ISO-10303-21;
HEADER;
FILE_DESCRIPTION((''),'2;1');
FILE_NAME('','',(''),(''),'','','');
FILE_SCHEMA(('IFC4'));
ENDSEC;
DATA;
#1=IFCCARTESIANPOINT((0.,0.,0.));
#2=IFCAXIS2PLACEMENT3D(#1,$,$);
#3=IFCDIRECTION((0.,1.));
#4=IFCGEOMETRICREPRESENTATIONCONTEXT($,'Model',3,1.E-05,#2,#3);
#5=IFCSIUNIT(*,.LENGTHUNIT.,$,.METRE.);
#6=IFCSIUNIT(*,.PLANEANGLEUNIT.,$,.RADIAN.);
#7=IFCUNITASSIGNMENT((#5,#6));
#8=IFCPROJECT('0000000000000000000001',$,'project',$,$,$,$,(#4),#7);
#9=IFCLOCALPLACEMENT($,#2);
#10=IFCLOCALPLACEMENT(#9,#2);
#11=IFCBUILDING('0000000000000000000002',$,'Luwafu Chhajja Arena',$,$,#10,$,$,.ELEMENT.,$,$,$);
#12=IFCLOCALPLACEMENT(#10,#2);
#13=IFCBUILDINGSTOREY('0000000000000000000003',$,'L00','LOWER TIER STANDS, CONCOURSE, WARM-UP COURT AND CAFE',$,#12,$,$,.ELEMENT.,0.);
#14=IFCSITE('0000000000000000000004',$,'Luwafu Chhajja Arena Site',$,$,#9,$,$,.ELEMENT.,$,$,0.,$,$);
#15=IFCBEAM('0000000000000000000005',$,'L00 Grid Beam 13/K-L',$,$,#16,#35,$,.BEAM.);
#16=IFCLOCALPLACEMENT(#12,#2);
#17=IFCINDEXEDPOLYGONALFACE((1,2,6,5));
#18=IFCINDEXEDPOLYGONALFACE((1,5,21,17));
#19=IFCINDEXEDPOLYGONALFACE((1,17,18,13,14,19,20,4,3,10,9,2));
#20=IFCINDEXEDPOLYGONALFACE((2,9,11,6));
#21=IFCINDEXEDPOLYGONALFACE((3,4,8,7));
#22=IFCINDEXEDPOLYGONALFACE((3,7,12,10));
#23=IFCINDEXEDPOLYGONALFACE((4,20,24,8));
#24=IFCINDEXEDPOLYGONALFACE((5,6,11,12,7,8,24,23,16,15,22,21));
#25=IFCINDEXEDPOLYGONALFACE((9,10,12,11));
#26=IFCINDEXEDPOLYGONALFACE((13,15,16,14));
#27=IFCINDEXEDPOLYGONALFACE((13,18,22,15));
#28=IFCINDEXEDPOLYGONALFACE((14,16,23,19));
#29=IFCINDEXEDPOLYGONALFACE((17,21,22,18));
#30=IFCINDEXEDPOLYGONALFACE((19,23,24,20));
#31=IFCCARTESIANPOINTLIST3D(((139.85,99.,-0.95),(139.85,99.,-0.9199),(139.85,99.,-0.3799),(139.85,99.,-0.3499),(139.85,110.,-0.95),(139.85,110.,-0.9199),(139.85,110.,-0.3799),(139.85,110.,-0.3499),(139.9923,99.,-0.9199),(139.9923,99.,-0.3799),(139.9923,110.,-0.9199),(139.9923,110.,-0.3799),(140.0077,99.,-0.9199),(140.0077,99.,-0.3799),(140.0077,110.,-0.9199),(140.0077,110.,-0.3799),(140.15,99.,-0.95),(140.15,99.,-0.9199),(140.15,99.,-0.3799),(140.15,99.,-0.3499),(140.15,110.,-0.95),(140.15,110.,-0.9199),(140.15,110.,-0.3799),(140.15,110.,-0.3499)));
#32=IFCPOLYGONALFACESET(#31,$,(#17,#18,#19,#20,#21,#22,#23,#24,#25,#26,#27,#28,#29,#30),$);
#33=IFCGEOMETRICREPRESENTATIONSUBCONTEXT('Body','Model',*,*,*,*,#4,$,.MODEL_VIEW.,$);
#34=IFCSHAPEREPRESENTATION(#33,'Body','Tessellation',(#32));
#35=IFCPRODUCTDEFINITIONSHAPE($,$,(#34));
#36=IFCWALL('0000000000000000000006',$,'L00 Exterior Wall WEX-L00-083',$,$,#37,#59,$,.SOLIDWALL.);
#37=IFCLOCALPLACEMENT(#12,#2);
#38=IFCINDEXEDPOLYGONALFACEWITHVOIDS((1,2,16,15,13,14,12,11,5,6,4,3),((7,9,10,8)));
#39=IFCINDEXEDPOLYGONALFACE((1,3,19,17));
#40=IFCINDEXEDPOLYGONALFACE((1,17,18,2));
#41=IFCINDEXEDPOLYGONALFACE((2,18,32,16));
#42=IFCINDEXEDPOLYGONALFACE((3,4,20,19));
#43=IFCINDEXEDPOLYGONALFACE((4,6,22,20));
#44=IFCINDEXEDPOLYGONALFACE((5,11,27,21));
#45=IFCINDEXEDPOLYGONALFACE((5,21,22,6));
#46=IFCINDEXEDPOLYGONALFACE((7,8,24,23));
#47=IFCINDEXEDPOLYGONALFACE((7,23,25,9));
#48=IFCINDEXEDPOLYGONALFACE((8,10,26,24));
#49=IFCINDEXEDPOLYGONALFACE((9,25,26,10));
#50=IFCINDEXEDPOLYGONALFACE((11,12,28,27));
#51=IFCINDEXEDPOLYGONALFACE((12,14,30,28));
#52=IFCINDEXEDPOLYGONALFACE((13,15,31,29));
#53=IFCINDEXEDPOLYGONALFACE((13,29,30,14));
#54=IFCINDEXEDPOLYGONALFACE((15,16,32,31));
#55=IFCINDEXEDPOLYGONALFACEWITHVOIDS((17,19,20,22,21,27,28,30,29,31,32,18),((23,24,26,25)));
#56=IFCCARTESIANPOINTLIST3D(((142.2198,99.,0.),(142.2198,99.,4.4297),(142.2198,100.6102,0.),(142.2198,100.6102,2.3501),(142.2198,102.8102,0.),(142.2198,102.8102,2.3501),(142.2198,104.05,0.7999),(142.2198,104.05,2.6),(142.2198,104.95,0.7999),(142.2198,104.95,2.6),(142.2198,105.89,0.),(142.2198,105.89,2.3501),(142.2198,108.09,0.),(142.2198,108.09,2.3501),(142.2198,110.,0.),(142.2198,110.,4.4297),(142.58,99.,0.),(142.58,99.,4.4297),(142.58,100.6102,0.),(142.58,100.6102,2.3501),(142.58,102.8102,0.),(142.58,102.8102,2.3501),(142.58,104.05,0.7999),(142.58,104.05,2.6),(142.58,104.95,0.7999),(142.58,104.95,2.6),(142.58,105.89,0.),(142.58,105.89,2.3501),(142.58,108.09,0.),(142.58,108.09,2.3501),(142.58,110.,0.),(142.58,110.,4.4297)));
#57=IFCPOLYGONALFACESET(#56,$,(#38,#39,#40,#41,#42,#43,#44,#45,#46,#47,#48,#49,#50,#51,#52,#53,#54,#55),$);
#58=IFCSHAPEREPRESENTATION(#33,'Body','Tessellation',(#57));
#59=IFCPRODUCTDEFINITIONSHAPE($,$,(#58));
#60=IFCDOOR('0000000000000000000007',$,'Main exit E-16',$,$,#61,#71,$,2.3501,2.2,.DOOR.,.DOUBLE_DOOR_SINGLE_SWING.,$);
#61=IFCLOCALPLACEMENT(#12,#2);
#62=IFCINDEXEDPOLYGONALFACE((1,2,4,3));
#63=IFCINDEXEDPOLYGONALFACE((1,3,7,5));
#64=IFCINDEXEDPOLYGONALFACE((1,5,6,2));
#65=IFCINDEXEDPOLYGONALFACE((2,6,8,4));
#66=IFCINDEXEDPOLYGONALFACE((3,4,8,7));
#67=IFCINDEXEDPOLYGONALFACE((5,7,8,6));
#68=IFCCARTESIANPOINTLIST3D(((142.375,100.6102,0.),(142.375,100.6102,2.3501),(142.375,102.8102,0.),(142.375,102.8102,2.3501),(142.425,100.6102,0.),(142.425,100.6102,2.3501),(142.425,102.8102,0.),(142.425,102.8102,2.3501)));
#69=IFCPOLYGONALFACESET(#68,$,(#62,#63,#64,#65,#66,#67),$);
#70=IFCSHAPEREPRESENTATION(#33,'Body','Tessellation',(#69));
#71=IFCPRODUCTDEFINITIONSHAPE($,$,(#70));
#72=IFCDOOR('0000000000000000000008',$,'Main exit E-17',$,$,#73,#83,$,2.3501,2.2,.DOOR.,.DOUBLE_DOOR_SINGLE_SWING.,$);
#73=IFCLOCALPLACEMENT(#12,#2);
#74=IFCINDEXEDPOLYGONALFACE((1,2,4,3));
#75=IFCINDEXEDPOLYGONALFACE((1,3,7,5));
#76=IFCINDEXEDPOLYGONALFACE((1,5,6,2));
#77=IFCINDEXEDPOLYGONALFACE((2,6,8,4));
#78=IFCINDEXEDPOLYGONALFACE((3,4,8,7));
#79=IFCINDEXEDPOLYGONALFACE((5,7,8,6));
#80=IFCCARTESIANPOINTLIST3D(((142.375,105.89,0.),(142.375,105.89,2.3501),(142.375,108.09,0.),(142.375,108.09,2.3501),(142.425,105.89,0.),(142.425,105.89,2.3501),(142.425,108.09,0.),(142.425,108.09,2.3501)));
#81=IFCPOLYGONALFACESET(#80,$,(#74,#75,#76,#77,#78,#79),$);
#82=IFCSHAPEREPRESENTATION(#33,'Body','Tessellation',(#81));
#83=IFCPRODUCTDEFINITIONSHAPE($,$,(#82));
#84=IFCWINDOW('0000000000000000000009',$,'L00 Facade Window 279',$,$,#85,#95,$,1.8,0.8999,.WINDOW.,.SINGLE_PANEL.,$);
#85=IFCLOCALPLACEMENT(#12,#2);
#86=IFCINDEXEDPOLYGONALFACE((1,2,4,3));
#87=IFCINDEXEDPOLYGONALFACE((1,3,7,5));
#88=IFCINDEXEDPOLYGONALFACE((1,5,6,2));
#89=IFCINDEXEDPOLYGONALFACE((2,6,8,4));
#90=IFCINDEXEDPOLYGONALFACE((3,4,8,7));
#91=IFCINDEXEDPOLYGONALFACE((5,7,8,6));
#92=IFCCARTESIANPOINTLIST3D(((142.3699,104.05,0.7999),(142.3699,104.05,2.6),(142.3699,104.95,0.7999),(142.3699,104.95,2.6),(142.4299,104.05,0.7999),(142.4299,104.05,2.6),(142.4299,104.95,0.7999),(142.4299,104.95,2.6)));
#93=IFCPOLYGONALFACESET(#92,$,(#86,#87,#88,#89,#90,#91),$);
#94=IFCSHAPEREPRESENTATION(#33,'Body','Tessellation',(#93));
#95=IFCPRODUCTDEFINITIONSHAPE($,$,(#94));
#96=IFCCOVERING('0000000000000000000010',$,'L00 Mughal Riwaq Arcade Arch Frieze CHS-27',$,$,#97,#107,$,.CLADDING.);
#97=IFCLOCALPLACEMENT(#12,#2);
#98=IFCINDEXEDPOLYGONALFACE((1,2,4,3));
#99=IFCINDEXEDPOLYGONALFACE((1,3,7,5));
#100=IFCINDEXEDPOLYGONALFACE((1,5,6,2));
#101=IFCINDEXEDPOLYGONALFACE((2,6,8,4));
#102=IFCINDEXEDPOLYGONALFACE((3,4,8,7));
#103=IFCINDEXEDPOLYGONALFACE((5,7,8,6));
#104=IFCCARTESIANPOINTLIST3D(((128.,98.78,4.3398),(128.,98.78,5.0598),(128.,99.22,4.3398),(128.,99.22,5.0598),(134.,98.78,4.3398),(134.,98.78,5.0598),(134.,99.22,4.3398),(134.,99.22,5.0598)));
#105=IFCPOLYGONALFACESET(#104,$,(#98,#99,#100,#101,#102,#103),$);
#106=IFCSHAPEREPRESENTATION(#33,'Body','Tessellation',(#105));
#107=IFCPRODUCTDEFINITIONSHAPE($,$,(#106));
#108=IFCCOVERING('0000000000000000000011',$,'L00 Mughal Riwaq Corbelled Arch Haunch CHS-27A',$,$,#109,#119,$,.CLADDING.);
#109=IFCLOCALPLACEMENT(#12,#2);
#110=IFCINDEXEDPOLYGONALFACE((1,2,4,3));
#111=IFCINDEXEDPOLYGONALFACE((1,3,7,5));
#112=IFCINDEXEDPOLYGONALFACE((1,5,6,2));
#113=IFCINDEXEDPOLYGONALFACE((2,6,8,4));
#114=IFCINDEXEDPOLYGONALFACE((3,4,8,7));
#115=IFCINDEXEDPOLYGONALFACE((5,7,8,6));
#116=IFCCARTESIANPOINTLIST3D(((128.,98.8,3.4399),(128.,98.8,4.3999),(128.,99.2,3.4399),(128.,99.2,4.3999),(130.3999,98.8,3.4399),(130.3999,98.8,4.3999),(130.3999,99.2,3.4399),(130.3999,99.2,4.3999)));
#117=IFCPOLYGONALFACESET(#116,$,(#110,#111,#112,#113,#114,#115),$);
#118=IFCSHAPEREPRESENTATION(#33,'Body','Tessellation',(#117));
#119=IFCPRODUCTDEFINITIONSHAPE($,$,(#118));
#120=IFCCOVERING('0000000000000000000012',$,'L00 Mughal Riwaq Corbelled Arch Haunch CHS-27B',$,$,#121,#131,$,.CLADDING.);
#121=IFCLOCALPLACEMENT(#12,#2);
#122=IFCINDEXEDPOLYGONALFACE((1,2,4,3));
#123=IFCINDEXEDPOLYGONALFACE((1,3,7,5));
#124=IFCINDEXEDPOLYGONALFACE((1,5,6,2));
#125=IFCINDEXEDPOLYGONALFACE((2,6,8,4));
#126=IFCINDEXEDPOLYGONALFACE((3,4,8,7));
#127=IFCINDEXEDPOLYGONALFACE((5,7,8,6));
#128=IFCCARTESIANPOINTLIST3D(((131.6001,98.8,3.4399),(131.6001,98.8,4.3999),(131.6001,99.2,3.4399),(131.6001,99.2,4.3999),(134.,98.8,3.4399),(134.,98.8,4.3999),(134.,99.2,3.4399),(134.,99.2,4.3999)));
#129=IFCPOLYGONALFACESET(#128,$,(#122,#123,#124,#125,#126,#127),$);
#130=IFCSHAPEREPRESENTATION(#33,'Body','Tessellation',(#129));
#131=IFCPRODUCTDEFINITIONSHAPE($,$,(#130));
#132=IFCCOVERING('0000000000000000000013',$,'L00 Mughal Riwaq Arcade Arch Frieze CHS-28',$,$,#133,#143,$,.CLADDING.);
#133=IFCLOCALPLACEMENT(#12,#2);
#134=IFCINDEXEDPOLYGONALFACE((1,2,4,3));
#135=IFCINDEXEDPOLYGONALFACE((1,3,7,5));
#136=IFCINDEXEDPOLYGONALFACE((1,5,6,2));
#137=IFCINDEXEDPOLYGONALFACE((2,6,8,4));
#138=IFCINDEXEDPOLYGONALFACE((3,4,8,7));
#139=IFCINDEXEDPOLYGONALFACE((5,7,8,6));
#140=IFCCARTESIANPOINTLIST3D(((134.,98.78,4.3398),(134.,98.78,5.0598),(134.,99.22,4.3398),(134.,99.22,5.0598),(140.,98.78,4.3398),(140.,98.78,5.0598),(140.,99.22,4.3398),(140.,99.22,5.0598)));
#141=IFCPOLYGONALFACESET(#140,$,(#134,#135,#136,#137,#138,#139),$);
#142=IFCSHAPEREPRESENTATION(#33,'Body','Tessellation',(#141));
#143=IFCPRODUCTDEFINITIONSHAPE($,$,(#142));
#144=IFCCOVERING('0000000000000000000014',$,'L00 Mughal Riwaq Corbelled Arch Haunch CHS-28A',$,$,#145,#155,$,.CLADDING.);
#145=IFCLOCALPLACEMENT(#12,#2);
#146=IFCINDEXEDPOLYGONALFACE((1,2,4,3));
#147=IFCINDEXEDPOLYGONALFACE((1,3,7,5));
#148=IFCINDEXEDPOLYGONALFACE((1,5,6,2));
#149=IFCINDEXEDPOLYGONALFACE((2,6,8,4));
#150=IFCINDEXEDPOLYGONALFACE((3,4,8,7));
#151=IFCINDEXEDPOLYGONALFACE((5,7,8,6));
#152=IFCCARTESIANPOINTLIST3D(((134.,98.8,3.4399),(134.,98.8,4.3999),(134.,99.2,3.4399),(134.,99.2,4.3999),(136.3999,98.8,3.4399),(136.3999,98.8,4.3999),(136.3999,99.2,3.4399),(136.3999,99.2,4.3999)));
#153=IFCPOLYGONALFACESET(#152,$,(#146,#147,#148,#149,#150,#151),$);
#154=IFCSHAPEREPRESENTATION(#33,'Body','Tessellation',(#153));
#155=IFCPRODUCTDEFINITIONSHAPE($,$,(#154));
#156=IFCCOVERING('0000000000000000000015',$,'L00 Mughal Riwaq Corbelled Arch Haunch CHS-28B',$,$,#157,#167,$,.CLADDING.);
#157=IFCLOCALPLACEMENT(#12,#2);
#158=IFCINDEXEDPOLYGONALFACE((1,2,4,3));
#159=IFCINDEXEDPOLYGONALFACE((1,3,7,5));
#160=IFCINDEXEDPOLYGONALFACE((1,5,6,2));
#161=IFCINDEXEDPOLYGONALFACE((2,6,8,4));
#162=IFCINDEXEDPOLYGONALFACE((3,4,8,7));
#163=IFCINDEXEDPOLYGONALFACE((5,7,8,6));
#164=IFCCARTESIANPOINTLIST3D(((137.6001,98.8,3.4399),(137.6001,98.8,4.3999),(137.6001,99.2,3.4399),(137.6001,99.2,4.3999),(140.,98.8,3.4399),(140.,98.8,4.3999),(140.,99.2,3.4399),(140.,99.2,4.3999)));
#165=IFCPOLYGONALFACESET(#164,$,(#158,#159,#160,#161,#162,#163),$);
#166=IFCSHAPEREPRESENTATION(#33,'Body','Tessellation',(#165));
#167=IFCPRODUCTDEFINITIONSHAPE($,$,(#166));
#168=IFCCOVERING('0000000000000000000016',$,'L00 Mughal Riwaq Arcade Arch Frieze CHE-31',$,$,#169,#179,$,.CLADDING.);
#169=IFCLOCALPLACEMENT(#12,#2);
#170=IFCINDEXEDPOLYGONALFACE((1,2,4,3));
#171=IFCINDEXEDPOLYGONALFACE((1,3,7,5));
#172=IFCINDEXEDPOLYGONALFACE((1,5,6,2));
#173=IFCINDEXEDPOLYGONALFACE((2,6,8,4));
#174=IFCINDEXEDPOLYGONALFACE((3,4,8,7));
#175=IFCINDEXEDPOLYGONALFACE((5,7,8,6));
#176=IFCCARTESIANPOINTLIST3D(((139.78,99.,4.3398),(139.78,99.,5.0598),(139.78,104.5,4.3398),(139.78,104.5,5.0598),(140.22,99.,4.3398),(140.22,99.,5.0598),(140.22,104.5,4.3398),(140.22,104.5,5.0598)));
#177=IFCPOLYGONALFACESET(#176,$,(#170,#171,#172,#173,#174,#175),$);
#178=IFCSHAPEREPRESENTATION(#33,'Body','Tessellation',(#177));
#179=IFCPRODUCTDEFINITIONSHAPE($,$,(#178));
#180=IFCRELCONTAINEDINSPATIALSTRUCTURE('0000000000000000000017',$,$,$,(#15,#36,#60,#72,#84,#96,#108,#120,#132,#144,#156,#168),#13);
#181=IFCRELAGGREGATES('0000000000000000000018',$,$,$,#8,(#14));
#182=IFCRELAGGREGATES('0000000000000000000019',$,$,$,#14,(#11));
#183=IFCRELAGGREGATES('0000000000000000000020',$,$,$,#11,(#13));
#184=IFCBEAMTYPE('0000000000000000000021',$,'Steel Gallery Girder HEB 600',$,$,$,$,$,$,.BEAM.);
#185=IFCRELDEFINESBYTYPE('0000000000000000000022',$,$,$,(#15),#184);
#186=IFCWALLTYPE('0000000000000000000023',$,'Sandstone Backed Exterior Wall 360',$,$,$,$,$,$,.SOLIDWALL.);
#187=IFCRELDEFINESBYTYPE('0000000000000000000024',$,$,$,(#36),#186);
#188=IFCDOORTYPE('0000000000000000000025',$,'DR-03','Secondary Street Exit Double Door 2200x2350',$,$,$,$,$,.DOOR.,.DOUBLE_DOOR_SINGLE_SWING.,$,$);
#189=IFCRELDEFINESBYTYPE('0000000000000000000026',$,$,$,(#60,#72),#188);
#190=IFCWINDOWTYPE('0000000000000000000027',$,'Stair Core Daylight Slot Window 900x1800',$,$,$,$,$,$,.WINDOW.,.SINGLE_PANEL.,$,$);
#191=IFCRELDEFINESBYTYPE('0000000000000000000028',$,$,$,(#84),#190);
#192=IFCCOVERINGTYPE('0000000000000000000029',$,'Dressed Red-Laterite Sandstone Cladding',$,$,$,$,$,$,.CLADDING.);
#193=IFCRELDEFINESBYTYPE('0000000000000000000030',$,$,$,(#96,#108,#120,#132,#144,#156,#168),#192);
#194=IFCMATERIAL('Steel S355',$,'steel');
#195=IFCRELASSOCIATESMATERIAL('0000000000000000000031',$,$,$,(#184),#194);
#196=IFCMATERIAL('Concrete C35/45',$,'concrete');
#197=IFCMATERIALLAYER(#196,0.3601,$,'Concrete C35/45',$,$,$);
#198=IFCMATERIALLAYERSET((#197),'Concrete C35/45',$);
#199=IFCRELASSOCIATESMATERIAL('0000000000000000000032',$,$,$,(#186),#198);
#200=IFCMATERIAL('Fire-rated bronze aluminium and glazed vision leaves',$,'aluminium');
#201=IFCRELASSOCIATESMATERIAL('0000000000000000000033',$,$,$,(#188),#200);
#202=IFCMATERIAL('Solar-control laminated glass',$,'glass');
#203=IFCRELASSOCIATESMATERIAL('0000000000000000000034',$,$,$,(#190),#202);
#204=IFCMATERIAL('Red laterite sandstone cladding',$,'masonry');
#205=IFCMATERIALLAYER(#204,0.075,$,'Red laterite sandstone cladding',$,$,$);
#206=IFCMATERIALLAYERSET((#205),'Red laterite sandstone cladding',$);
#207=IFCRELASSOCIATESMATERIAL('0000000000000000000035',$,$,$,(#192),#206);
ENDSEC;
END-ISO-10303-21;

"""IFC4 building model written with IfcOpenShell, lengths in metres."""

from ifc_helpers import new_model, si_unit, direction, frame, frame_2d, origin, origin_2d, place, context, subcontext, project, spatial, rectangle, i_section, extrude, material, layer, layer_set, material_profile, profile_set, type_object, element, fill, save


model = new_model("IFC4")

# Units and contexts
model_context = context("Model", 3, precision=1e-05, world=origin(), true_north=direction((0.0, 1.0)))
body_context = subcontext(model_context, "Body", "Model", "MODEL_VIEW")
ifc_project = project(units=[si_unit("LENGTHUNIT", "METRE"), si_unit("PLANEANGLEUNIT", "RADIAN")], contexts=[model_context])

# Site, building, storey
site_placement = place(None, origin())
site = spatial("IfcSite", under=ifc_project, at=site_placement, Name="Luwafu Chhajja Arena Site", CompositionType="ELEMENT", RefElevation=0.0)
building_placement = place(site_placement, origin())
building = spatial("IfcBuilding", under=site, at=building_placement, Name="Luwafu Chhajja Arena", CompositionType="ELEMENT")
storey_placement = place(building_placement, origin())
storey = spatial("IfcBuildingStorey", under=building, at=storey_placement, Name="L00", Description="LOWER TIER STANDS, CONCOURSE, WARM-UP COURT AND CAFE", CompositionType="ELEMENT", Elevation=0.0)

# Shared definitions
ifc_material_1 = material(Name="Concrete C35/45", Category="concrete")

# Beam
ifc_material_2 = material(Name="Steel S355", Category="steel")
ifc_material_profile_1 = material_profile(ifc_material_2, i_section(OverallWidth=0.3, OverallDepth=0.6001, WebThickness=0.0154, FlangeThickness=0.03, at=origin_2d()), Name="HEB 600")
ifc_profile_set_1 = profile_set([ifc_material_profile_1], Name="Steel S355")
beam_type_1 = type_object("IfcBeamType", Name="Steel Gallery Girder HEB 600", PredefinedType="BEAM", material=ifc_profile_set_1)
beam_1_placement = place(storey_placement, frame((140.0, 99.0, -0.6499), z_axis=(0.0, 1.0, 0.0), x_axis=(-1.0, 0.0, 0.0)))
element("IfcBeam", 1, at=beam_1_placement, inside=storey, type_object=beam_type_1, Name="L00 Grid Beam 13/K-L", PredefinedType="BEAM", context=body_context, shape_type="SweptSolid", body=[
    extrude(i_section(OverallWidth=0.3, OverallDepth=0.6001, WebThickness=0.0154, FlangeThickness=0.03, at=origin_2d()), origin(), (0.0, 0.0, 1.0), 11.0),
])

# Wall, openings, doors, window
ifc_layer_1 = layer(ifc_material_1, 0.3601, Name="Concrete C35/45")
ifc_layer_set_1 = layer_set([ifc_layer_1], Name="Concrete C35/45")
wall_type = type_object("IfcWallType", Name="Sandstone Backed Exterior Wall 360", PredefinedType="SOLIDWALL", material=ifc_layer_set_1)
wall_placement = place(storey_placement, frame((142.3999, 99.0, 0.0), z_axis=(0.0, 0.0, 1.0), x_axis=(0.0, 1.0, 0.0)))
wall = element("IfcWall", 2, at=wall_placement, inside=storey, type_object=wall_type, Name="L00 Exterior Wall WEX-L00-083", PredefinedType="SOLIDWALL", context=body_context, shape_type="SweptSolid", body=[
    extrude(rectangle(XDim=11.0, YDim=0.3601, at=frame_2d((5.5, 0.0))), origin(), (0.0, 0.0, 1.0), 4.4297),
])
opening_1_placement = place(wall_placement, frame((1.6101, 0.0, 0.0)))
opening_1 = element("IfcOpeningElement", 3, at=opening_1_placement, cuts=wall, PredefinedType="OPENING", context=body_context, shape_type="SweptSolid", body=[
    extrude(rectangle(XDim=2.2, YDim=2.3501, at=frame_2d((1.1001, 1.175))), frame((0.0, 0.1899, 0.0), z_axis=(0.0, -1.0, 0.0), x_axis=(1.0, 0.0, 0.0)), (0.0, 0.0, 1.0), 0.3801),
])
opening_2_placement = place(wall_placement, frame((6.8899, 0.0, 0.0)))
opening_2 = element("IfcOpeningElement", 4, at=opening_2_placement, cuts=wall, PredefinedType="OPENING", context=body_context, shape_type="SweptSolid", body=[
    extrude(rectangle(XDim=2.2, YDim=2.3501, at=frame_2d((1.1001, 1.175))), frame((0.0, 0.1899, 0.0), z_axis=(0.0, -1.0, 0.0), x_axis=(1.0, 0.0, 0.0)), (0.0, 0.0, 1.0), 0.3801),
])
opening_3_placement = place(wall_placement, frame((5.05, 0.0, 0.8)))
opening_3 = element("IfcOpeningElement", 5, at=opening_3_placement, cuts=wall, PredefinedType="OPENING", context=body_context, shape_type="SweptSolid", body=[
    extrude(rectangle(XDim=0.8999, YDim=1.8, at=frame_2d((0.45, 0.8999))), frame((0.0, 0.1899, 0.0), z_axis=(0.0, -1.0, 0.0), x_axis=(1.0, 0.0, 0.0)), (0.0, 0.0, 1.0), 0.3801),
])
ifc_material_3 = material(Name="Fire-rated bronze aluminium and glazed vision leaves", Category="aluminium")
door_type = type_object("IfcDoorType", Name="DR-03", Description="Secondary Street Exit Double Door 2200x2350", OperationType="DOUBLE_DOOR_SINGLE_SWING", PredefinedType="DOOR", material=ifc_material_3)
door_1_placement = place(opening_1_placement, origin())
door_1 = element("IfcDoor", 6, at=door_1_placement, inside=storey, type_object=door_type, Name="Main exit E-16", OperationType="DOUBLE_DOOR_SINGLE_SWING", OverallHeight=2.3501, OverallWidth=2.2, PredefinedType="DOOR", context=body_context, shape_type="SweptSolid", body=[
    extrude(rectangle(XDim=2.2, YDim=2.3501, at=frame_2d((1.1001, 1.175))), frame((0.0, 0.0249, 0.0), z_axis=(0.0, -1.0, 0.0), x_axis=(1.0, 0.0, 0.0)), (0.0, 0.0, 1.0), 0.05),
])
fill(opening_1, door_1)
door_2_placement = place(opening_2_placement, origin())
door_2 = element("IfcDoor", 7, at=door_2_placement, inside=storey, type_object=door_type, Name="Main exit E-17", OperationType="DOUBLE_DOOR_SINGLE_SWING", OverallHeight=2.3501, OverallWidth=2.2, PredefinedType="DOOR", context=body_context, shape_type="SweptSolid", body=[
    extrude(rectangle(XDim=2.2, YDim=2.3501, at=frame_2d((1.1001, 1.175))), frame((0.0, 0.0249, 0.0), z_axis=(0.0, -1.0, 0.0), x_axis=(1.0, 0.0, 0.0)), (0.0, 0.0, 1.0), 0.05),
])
fill(opening_2, door_2)
ifc_material_4 = material(Name="Solar-control laminated glass", Category="glass")
window_type = type_object("IfcWindowType", Name="Stair Core Daylight Slot Window 900x1800", PartitioningType="SINGLE_PANEL", PredefinedType="WINDOW", material=ifc_material_4)
window_placement = place(opening_3_placement, origin())
window = element("IfcWindow", 8, at=window_placement, inside=storey, type_object=window_type, Name="L00 Facade Window 279", OverallHeight=1.8, OverallWidth=0.8999, PartitioningType="SINGLE_PANEL", PredefinedType="WINDOW", context=body_context, shape_type="SweptSolid", body=[
    extrude(rectangle(XDim=0.8999, YDim=1.8, at=frame_2d((0.45, 0.8999))), frame((0.0, 0.03, 0.0), z_axis=(0.0, -1.0, 0.0), x_axis=(1.0, 0.0, 0.0)), (0.0, 0.0, 1.0), 0.0601),
])
fill(opening_3, window)

# Coverings
ifc_material_5 = material(Name="Red laterite sandstone cladding", Category="masonry")
ifc_layer_2 = layer(ifc_material_5, 0.075, Name="Red laterite sandstone cladding")
ifc_layer_set_2 = layer_set([ifc_layer_2], Name="Red laterite sandstone cladding")
covering_type = type_object("IfcCoveringType", Name="Dressed Red-Laterite Sandstone Cladding", PredefinedType="CLADDING", material=ifc_layer_set_2)
covering_1_placement = place(storey_placement, frame((131.0, 99.0, 4.3398), z_axis=(0.0, 0.0, 1.0), x_axis=(1.0, 0.0, 0.0)))
element("IfcCovering", 9, at=covering_1_placement, inside=storey, type_object=covering_type, Name="L00 Mughal Riwaq Arcade Arch Frieze CHS-27", PredefinedType="CLADDING", context=body_context, shape_type="SweptSolid", body=[
    extrude(rectangle(XDim=6.0, YDim=0.4399, at=origin_2d()), origin(), (0.0, 0.0, 1.0), 0.72),
])
for number, where, z_axis, x_axis, name in (
    (10, (129.2, 99.0, 3.4399), (0.0, 0.0, 1.0), (1.0, 0.0, 0.0), "L00 Mughal Riwaq Corbelled Arch Haunch CHS-27A"),
    (11, (132.8, 99.0, 3.4399), (0.0, 0.0, 1.0), (1.0, 0.0, 0.0), "L00 Mughal Riwaq Corbelled Arch Haunch CHS-27B"),
):
    element("IfcCovering", number, at=place(storey_placement, frame(where, z_axis=z_axis, x_axis=x_axis)), inside=storey, type_object=covering_type, Name=name, PredefinedType="CLADDING", context=body_context, shape_type="SweptSolid", body=[
        extrude(rectangle(XDim=2.3999, YDim=0.3999, at=origin_2d()), origin(), (0.0, 0.0, 1.0), 0.96),
    ])
covering_2_placement = place(storey_placement, frame((137.0, 99.0, 4.3398), z_axis=(0.0, 0.0, 1.0), x_axis=(1.0, 0.0, 0.0)))
element("IfcCovering", 12, at=covering_2_placement, inside=storey, type_object=covering_type, Name="L00 Mughal Riwaq Arcade Arch Frieze CHS-28", PredefinedType="CLADDING", context=body_context, shape_type="SweptSolid", body=[
    extrude(rectangle(XDim=6.0, YDim=0.4399, at=origin_2d()), origin(), (0.0, 0.0, 1.0), 0.72),
])
for number, where, z_axis, x_axis, name in (
    (13, (135.2, 99.0, 3.4399), (0.0, 0.0, 1.0), (1.0, 0.0, 0.0), "L00 Mughal Riwaq Corbelled Arch Haunch CHS-28A"),
    (14, (138.8, 99.0, 3.4399), (0.0, 0.0, 1.0), (1.0, 0.0, 0.0), "L00 Mughal Riwaq Corbelled Arch Haunch CHS-28B"),
):
    element("IfcCovering", number, at=place(storey_placement, frame(where, z_axis=z_axis, x_axis=x_axis)), inside=storey, type_object=covering_type, Name=name, PredefinedType="CLADDING", context=body_context, shape_type="SweptSolid", body=[
        extrude(rectangle(XDim=2.3999, YDim=0.3999, at=origin_2d()), origin(), (0.0, 0.0, 1.0), 0.96),
    ])
covering_3_placement = place(storey_placement, frame((140.0, 101.75, 4.3398), z_axis=(0.0, 0.0, 1.0), x_axis=(0.0, 1.0, 0.0)))
element("IfcCovering", 15, at=covering_3_placement, inside=storey, type_object=covering_type, Name="L00 Mughal Riwaq Arcade Arch Frieze CHE-31", PredefinedType="CLADDING", context=body_context, shape_type="SweptSolid", body=[
    extrude(rectangle(XDim=5.5, YDim=0.4399, at=origin_2d()), origin(), (0.0, 0.0, 1.0), 0.72),
])

save(model, "model.ifc")
